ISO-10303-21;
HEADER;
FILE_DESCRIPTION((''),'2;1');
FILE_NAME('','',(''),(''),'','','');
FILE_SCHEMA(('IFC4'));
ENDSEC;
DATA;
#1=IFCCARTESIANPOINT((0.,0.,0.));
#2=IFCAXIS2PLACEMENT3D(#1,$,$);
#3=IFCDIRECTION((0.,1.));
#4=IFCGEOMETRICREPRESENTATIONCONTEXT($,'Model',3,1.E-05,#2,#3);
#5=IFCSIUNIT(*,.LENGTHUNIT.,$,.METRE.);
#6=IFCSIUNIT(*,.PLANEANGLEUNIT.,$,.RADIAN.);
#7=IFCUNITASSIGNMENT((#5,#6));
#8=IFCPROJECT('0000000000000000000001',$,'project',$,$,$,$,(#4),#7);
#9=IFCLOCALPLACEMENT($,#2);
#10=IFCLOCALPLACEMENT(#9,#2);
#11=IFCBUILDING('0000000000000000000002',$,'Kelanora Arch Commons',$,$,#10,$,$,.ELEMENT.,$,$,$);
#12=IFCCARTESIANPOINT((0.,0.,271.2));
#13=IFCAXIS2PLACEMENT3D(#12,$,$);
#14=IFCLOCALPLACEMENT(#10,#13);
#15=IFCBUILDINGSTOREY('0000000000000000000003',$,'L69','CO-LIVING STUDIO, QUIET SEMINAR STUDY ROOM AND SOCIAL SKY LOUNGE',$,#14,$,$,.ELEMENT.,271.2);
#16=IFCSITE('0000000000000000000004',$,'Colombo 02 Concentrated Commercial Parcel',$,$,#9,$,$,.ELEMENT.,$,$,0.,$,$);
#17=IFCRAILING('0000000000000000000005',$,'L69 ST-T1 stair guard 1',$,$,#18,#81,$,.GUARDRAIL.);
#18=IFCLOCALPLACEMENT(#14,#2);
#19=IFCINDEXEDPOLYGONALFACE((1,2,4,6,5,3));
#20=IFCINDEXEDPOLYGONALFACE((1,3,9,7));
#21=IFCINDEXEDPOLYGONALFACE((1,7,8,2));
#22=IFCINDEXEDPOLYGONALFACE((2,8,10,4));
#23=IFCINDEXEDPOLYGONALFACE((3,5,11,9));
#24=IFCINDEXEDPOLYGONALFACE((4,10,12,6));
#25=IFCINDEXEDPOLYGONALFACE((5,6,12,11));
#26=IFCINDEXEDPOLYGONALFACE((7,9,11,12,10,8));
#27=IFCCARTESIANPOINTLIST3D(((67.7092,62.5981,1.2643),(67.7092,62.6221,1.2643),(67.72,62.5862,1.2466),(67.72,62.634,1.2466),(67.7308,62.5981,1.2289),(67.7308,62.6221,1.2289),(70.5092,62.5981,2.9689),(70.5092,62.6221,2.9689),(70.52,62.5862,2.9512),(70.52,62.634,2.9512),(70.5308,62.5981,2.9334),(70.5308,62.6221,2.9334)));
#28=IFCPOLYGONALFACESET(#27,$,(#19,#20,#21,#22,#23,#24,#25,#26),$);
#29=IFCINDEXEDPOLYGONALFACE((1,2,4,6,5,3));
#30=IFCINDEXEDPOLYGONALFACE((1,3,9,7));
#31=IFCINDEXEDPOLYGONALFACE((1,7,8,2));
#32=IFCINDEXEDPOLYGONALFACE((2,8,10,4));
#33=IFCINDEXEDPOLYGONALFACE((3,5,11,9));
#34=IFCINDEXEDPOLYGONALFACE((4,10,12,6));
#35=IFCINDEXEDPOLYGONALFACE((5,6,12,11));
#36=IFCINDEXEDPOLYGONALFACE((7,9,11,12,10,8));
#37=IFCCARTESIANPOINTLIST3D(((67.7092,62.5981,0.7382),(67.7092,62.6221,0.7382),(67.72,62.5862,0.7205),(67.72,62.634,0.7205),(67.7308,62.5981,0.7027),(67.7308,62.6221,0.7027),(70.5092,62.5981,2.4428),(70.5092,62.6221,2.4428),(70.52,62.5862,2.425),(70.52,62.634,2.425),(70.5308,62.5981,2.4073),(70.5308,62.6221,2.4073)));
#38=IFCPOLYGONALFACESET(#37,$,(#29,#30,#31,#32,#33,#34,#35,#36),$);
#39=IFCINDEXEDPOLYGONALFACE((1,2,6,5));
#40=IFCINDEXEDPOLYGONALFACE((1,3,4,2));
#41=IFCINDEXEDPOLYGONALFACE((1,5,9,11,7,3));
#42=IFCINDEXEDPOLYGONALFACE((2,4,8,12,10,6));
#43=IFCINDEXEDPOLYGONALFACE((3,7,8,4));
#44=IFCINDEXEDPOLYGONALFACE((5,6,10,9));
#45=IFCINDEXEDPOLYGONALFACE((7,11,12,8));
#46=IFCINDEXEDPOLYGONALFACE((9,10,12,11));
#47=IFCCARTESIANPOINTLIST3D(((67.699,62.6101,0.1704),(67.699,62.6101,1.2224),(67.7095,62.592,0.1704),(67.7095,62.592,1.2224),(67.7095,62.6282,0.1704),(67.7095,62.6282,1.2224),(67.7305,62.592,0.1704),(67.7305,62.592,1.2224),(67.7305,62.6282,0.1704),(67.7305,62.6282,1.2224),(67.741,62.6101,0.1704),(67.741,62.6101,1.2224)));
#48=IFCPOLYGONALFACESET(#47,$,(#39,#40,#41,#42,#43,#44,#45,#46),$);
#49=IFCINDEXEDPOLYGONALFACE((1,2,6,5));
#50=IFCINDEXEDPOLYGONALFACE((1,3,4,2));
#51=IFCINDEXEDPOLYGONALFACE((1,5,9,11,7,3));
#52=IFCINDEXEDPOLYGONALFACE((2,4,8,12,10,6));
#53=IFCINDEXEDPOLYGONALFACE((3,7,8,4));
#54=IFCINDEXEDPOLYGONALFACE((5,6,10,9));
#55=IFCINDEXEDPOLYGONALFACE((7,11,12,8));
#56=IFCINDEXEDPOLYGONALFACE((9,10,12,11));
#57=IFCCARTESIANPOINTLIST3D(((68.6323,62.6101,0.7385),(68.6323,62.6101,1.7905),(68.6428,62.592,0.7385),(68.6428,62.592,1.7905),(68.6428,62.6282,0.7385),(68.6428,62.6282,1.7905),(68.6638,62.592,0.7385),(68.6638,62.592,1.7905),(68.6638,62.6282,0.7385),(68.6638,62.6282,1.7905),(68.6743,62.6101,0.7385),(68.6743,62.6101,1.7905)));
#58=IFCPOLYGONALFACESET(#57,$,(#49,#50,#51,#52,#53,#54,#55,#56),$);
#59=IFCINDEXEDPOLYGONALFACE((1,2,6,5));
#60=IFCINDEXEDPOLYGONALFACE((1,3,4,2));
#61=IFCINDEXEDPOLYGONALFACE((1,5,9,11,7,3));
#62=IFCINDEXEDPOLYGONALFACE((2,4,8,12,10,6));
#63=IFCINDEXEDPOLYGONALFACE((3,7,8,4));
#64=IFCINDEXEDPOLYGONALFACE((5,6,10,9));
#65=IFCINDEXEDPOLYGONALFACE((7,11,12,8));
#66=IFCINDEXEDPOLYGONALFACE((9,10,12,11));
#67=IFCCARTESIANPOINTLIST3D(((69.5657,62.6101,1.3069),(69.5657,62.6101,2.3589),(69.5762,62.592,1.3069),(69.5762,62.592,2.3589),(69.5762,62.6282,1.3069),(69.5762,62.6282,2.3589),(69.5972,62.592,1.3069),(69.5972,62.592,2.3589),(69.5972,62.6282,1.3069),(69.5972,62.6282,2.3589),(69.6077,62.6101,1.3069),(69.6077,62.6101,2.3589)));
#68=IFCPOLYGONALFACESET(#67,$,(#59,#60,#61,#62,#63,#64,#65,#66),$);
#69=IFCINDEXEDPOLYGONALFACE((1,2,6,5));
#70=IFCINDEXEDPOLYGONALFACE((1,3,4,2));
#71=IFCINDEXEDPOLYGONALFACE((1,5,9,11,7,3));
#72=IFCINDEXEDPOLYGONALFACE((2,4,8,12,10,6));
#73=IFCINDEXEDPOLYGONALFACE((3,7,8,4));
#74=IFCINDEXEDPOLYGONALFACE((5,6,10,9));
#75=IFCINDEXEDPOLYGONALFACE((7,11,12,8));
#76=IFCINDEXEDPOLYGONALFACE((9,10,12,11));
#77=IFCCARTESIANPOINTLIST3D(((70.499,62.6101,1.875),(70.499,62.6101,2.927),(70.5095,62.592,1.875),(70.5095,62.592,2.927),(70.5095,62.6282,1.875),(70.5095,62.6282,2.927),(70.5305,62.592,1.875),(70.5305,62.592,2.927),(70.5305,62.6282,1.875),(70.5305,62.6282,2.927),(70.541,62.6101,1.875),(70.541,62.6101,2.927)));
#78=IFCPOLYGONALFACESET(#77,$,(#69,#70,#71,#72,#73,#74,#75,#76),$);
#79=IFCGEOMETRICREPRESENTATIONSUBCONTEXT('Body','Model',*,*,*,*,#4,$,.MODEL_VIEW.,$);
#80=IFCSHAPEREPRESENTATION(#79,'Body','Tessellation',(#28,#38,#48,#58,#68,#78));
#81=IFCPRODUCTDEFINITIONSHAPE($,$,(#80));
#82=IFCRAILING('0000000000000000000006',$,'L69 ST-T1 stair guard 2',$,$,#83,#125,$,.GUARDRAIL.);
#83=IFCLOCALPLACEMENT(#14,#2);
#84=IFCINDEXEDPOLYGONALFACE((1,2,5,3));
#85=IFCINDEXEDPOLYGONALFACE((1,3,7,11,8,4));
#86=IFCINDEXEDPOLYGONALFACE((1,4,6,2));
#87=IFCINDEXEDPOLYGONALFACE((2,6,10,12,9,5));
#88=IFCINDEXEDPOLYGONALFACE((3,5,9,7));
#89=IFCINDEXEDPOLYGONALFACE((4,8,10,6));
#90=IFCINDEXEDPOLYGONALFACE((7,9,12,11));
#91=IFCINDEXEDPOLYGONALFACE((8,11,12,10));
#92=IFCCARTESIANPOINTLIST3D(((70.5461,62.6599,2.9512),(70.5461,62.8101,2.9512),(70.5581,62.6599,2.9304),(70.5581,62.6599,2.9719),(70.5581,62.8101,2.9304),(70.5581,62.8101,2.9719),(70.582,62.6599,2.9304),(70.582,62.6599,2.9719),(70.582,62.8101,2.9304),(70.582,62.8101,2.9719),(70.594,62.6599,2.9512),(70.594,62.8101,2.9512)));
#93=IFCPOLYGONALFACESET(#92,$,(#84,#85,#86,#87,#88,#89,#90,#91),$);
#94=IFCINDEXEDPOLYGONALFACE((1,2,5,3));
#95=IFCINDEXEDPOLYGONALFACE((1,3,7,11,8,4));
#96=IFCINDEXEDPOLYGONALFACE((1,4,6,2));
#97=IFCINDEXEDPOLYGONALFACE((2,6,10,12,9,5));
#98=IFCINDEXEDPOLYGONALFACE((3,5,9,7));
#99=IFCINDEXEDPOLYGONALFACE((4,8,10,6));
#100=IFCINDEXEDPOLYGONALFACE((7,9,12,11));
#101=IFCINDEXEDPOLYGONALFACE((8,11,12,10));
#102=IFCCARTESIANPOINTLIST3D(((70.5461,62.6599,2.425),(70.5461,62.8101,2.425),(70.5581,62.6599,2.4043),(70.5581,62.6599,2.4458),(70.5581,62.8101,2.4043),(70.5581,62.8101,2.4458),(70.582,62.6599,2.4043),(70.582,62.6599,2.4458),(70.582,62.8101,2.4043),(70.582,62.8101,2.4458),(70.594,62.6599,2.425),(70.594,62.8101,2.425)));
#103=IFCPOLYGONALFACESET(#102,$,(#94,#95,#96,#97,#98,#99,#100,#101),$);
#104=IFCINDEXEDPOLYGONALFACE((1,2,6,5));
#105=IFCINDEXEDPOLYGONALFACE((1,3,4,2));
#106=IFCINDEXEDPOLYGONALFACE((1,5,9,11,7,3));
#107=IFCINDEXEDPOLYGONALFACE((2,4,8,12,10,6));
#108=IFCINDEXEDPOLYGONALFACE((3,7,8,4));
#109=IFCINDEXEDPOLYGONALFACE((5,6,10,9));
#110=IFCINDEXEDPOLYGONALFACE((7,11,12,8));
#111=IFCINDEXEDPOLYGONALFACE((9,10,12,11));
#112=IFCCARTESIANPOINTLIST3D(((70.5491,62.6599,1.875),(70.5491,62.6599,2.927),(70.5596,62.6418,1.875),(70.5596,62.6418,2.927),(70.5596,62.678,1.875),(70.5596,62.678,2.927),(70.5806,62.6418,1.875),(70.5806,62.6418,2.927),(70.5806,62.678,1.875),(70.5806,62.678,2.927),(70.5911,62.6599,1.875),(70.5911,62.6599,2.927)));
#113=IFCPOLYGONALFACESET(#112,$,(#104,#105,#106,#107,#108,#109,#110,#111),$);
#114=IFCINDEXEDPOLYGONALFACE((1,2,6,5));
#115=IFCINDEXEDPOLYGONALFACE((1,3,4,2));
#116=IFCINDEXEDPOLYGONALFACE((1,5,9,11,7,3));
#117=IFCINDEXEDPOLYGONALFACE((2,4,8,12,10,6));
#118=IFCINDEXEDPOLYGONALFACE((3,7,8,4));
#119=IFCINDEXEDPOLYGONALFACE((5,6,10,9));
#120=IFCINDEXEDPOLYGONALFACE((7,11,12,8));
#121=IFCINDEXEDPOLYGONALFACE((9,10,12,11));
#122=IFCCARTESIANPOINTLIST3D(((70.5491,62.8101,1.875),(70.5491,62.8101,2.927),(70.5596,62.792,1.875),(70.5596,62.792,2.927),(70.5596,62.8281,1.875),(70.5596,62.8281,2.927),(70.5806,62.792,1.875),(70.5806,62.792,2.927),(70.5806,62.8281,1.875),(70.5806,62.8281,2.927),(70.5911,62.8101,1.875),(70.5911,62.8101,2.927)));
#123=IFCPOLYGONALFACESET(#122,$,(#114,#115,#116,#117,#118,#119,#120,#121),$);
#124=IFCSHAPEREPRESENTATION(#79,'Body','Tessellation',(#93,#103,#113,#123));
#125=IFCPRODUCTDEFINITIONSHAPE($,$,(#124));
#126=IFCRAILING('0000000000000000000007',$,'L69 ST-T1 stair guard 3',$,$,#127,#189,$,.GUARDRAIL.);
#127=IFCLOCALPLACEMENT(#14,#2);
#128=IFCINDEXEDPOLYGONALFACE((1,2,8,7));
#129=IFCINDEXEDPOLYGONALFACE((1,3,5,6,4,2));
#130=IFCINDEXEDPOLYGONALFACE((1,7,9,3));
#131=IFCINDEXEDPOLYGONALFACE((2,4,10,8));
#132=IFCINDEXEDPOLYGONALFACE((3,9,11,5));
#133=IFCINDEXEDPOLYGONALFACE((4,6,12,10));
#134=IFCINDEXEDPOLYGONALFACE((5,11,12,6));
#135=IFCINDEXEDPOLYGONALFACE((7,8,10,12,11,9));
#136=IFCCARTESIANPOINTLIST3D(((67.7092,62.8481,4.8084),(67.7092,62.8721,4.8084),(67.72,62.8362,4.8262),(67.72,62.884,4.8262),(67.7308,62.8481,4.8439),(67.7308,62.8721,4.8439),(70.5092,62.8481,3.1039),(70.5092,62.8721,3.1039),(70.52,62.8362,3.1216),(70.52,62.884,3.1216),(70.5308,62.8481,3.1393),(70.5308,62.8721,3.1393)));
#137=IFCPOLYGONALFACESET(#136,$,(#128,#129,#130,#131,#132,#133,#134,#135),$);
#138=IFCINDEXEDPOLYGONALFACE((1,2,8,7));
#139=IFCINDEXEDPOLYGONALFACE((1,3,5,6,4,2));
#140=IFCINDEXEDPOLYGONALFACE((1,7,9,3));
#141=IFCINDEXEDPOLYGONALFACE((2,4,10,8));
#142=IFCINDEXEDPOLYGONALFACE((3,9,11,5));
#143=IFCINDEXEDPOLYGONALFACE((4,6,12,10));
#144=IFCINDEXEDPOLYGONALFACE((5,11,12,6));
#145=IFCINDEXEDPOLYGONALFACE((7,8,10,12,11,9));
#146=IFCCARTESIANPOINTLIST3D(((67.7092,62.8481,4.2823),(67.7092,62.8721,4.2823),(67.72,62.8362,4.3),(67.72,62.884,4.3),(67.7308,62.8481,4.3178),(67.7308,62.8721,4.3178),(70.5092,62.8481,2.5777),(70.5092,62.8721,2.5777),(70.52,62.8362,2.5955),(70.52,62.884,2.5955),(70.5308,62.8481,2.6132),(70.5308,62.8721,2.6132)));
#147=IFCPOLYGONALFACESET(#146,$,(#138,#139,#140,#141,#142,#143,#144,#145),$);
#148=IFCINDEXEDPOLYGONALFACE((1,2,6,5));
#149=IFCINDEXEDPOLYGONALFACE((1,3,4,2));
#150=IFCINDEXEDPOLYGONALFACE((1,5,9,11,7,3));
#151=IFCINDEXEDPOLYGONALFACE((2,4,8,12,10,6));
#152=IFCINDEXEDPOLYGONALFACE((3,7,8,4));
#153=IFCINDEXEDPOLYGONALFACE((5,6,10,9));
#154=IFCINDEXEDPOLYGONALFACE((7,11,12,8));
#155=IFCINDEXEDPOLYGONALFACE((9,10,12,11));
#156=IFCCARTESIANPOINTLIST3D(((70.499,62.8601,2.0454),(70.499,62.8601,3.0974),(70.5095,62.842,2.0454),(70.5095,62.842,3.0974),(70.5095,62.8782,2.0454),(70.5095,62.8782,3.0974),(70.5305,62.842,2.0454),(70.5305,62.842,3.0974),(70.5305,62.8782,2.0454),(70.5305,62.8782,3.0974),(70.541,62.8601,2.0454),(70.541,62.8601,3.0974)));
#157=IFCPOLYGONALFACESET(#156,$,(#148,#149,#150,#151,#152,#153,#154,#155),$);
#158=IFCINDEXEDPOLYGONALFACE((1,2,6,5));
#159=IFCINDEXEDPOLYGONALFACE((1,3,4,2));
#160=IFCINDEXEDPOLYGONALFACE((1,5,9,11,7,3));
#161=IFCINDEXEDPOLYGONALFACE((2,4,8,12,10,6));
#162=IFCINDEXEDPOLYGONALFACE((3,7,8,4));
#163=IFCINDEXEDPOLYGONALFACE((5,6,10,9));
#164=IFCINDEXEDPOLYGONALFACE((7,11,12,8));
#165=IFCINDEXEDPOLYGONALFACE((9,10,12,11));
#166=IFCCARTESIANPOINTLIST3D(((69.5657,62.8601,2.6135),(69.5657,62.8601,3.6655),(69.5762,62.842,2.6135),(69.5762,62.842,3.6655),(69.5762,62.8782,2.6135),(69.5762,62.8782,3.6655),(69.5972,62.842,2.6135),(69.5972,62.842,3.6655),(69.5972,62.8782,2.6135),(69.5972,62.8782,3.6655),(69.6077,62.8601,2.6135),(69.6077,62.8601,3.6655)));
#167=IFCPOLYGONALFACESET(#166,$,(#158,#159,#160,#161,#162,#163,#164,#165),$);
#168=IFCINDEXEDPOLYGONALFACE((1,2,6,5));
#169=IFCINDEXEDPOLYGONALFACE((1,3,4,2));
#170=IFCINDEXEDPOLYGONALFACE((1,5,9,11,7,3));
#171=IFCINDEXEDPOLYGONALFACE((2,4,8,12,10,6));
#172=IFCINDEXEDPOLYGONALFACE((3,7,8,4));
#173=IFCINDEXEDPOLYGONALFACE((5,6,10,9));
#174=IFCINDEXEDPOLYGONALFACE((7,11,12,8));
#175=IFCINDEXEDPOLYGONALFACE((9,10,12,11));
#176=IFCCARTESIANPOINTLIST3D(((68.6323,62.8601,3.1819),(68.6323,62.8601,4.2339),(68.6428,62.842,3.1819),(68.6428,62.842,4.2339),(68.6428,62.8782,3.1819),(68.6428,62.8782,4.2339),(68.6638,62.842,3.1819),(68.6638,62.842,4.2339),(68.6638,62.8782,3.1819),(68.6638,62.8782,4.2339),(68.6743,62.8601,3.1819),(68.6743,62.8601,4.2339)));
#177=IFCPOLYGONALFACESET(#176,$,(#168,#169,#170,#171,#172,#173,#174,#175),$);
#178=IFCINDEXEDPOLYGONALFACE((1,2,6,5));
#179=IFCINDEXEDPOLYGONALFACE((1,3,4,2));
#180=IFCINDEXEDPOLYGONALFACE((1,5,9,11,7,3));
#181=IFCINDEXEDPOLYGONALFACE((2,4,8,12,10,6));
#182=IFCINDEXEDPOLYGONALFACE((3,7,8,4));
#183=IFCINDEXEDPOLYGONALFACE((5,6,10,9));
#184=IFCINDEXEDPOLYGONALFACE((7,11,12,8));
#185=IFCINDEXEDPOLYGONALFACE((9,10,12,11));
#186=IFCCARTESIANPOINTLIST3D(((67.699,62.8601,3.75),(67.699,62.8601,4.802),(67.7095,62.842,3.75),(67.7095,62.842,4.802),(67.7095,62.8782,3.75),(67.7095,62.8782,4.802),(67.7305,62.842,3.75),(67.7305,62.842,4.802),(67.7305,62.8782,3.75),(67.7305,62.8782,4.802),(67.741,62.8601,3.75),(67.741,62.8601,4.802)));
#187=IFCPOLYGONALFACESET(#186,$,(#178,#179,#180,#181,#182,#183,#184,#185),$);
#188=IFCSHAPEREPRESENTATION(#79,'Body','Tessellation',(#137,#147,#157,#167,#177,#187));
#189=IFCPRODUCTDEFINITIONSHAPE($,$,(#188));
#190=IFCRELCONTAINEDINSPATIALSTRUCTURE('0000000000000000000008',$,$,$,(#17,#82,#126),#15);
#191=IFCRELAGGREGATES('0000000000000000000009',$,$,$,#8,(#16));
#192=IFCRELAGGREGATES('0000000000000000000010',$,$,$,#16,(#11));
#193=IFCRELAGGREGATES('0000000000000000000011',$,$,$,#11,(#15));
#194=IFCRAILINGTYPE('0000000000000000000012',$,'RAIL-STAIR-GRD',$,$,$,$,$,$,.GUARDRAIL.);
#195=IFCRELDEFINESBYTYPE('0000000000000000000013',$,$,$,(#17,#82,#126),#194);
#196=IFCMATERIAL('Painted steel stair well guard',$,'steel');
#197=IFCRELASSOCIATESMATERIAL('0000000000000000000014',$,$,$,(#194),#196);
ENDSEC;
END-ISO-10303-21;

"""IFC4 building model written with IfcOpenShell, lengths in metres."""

from ifc_helpers import new_model, si_unit, direction, frame, origin, place, context, subcontext, project, spatial, polyline, outline, extrude, material, type_object, element, save


model = new_model("IFC4")

# Units and contexts
model_context = context("Model", 3, precision=1e-05, world=origin(), true_north=direction((0.0, 1.0)))
body_context = subcontext(model_context, "Body", "Model", "MODEL_VIEW")
ifc_project = project(units=[si_unit("LENGTHUNIT", "METRE"), si_unit("PLANEANGLEUNIT", "RADIAN")], contexts=[model_context])

# Site, building, storey
site_placement = place(None, origin())
site = spatial("IfcSite", under=ifc_project, at=site_placement, Name="Colombo 02 Concentrated Commercial Parcel", CompositionType="ELEMENT", RefElevation=0.0)
building_placement = place(site_placement, origin())
building = spatial("IfcBuilding", under=site, at=building_placement, Name="Kelanora Arch Commons", CompositionType="ELEMENT")
storey_placement = place(building_placement, frame((0.0, 0.0, 271.2)))
storey = spatial("IfcBuildingStorey", under=building, at=storey_placement, Name="L69", Description="CO-LIVING STUDIO, QUIET SEMINAR STUDY ROOM AND SOCIAL SKY LOUNGE", CompositionType="ELEMENT", Elevation=271.2)

# Railings
ifc_material_1 = material(Name="Painted steel stair well guard", Category="steel")
railing_type_1 = type_object("IfcRailingType", Name="RAIL-STAIR-GRD", PredefinedType="GUARDRAIL", material=ifc_material_1)
railing_1_placement = place(storey_placement, frame((67.72, 62.6101, 0.1704)))
element("IfcRailing", 1, at=railing_1_placement, inside=storey, type_object=railing_type_1, Name="L69 ST-T1 stair guard 1", PredefinedType="GUARDRAIL", context=body_context, shape_type="SweptSolid", body=[
    extrude(outline(polyline([(0.0239, 0.0), (0.012, 0.0208), (-0.012, 0.0208), (-0.0239, 0.0), (-0.012, -0.0208), (0.012, -0.0208), (0.0239, 0.0)])), frame((0.0, 0.0, 1.0762), z_axis=(0.85417, 0.0, 0.519994), x_axis=(0.0, 1.0, 0.0)), (0.0, 0.0, 1.0), 3.2781),
    extrude(outline(polyline([(0.0239, 0.0), (0.012, 0.0208), (-0.012, 0.0208), (-0.0239, 0.0), (-0.012, -0.0208), (0.012, -0.0208), (0.0239, 0.0)])), frame((0.0, 0.0, 0.55), z_axis=(0.85417, 0.0, 0.519994), x_axis=(0.0, 1.0, 0.0)), (0.0, 0.0, 1.0), 3.2781),
    extrude(outline(polyline([(0.021, 0.0), (0.0105, 0.0181), (-0.0105, 0.0181), (-0.021, 0.0), (-0.0105, -0.0181), (0.0105, -0.0181), (0.021, 0.0)])), origin(), (0.0, 0.0, 1.0), 1.052),
    extrude(outline(polyline([(0.021, 0.0), (0.0105, 0.0181), (-0.0105, 0.0181), (-0.021, 0.0), (-0.0105, -0.0181), (0.0105, -0.0181), (0.021, 0.0)])), frame((0.9333, 0.0, 0.5681)), (0.0, 0.0, 1.0), 1.052),
    extrude(outline(polyline([(0.021, 0.0), (0.0105, 0.0181), (-0.0105, 0.0181), (-0.021, 0.0), (-0.0105, -0.0181), (0.0105, -0.0181), (0.021, 0.0)])), frame((1.8667, 0.0, 1.1365)), (0.0, 0.0, 1.0), 1.052),
    extrude(outline(polyline([(0.021, 0.0), (0.0105, 0.0181), (-0.0105, 0.0181), (-0.021, 0.0), (-0.0105, -0.0181), (0.0105, -0.0181), (0.021, 0.0)])), frame((2.8, 0.0, 1.7046)), (0.0, 0.0, 1.0), 1.052),
])
railing_2_placement = place(storey_placement, frame((70.5701, 62.6599, 1.875)))
element("IfcRailing", 2, at=railing_2_placement, inside=storey, type_object=railing_type_1, Name="L69 ST-T1 stair guard 2", PredefinedType="GUARDRAIL", context=body_context, shape_type="SweptSolid", body=[
    extrude(outline(polyline([(0.0239, 0.0), (0.012, 0.0208), (-0.012, 0.0208), (-0.0239, 0.0), (-0.012, -0.0208), (0.012, -0.0208), (0.0239, 0.0)])), frame((0.0, 0.0, 1.0762), z_axis=(0.0, 1.0, 0.0), x_axis=(-1.0, 0.0, 0.0)), (0.0, 0.0, 1.0), 0.1501),
    extrude(outline(polyline([(0.0239, 0.0), (0.012, 0.0208), (-0.012, 0.0208), (-0.0239, 0.0), (-0.012, -0.0208), (0.012, -0.0208), (0.0239, 0.0)])), frame((0.0, 0.0, 0.55), z_axis=(0.0, 1.0, 0.0), x_axis=(-1.0, 0.0, 0.0)), (0.0, 0.0, 1.0), 0.1501),
    extrude(outline(polyline([(0.021, 0.0), (0.0105, 0.0181), (-0.0105, 0.0181), (-0.021, 0.0), (-0.0105, -0.0181), (0.0105, -0.0181), (0.021, 0.0)])), origin(), (0.0, 0.0, 1.0), 1.052),
    extrude(outline(polyline([(0.021, 0.0), (0.0105, 0.0181), (-0.0105, 0.0181), (-0.021, 0.0), (-0.0105, -0.0181), (0.0105, -0.0181), (0.021, 0.0)])), frame((0.0, 0.1501, 0.0)), (0.0, 0.0, 1.0), 1.052),
])
railing_3_placement = place(storey_placement, frame((70.52, 62.8601, 2.0454)))
element("IfcRailing", 3, at=railing_3_placement, inside=storey, type_object=railing_type_1, Name="L69 ST-T1 stair guard 3", PredefinedType="GUARDRAIL", context=body_context, shape_type="SweptSolid", body=[
    extrude(outline(polyline([(0.0239, 0.0), (0.012, 0.0208), (-0.012, 0.0208), (-0.0239, 0.0), (-0.012, -0.0208), (0.012, -0.0208), (0.0239, 0.0)])), frame((0.0, 0.0, 1.0762), z_axis=(-0.85417, 0.0, 0.519994), x_axis=(0.0, -1.0, 0.0)), (0.0, 0.0, 1.0), 3.2781),
    extrude(outline(polyline([(0.0239, 0.0), (0.012, 0.0208), (-0.012, 0.0208), (-0.0239, 0.0), (-0.012, -0.0208), (0.012, -0.0208), (0.0239, 0.0)])), frame((0.0, 0.0, 0.55), z_axis=(-0.85417, 0.0, 0.519994), x_axis=(0.0, -1.0, 0.0)), (0.0, 0.0, 1.0), 3.2781),
    extrude(outline(polyline([(0.021, 0.0), (0.0105, 0.0181), (-0.0105, 0.0181), (-0.021, 0.0), (-0.0105, -0.0181), (0.0105, -0.0181), (0.021, 0.0)])), origin(), (0.0, 0.0, 1.0), 1.052),
    extrude(outline(polyline([(0.021, 0.0), (0.0105, 0.0181), (-0.0105, 0.0181), (-0.021, 0.0), (-0.0105, -0.0181), (0.0105, -0.0181), (0.021, 0.0)])), frame((-0.9333, 0.0, 0.5681)), (0.0, 0.0, 1.0), 1.052),
    extrude(outline(polyline([(0.021, 0.0), (0.0105, 0.0181), (-0.0105, 0.0181), (-0.021, 0.0), (-0.0105, -0.0181), (0.0105, -0.0181), (0.021, 0.0)])), frame((-1.8667, 0.0, 1.1365)), (0.0, 0.0, 1.0), 1.052),
    extrude(outline(polyline([(0.021, 0.0), (0.0105, 0.0181), (-0.0105, 0.0181), (-0.021, 0.0), (-0.0105, -0.0181), (0.0105, -0.0181), (0.021, 0.0)])), frame((-2.8, 0.0, 1.7046)), (0.0, 0.0, 1.0), 1.052),
])

save(model, "model.ifc")
